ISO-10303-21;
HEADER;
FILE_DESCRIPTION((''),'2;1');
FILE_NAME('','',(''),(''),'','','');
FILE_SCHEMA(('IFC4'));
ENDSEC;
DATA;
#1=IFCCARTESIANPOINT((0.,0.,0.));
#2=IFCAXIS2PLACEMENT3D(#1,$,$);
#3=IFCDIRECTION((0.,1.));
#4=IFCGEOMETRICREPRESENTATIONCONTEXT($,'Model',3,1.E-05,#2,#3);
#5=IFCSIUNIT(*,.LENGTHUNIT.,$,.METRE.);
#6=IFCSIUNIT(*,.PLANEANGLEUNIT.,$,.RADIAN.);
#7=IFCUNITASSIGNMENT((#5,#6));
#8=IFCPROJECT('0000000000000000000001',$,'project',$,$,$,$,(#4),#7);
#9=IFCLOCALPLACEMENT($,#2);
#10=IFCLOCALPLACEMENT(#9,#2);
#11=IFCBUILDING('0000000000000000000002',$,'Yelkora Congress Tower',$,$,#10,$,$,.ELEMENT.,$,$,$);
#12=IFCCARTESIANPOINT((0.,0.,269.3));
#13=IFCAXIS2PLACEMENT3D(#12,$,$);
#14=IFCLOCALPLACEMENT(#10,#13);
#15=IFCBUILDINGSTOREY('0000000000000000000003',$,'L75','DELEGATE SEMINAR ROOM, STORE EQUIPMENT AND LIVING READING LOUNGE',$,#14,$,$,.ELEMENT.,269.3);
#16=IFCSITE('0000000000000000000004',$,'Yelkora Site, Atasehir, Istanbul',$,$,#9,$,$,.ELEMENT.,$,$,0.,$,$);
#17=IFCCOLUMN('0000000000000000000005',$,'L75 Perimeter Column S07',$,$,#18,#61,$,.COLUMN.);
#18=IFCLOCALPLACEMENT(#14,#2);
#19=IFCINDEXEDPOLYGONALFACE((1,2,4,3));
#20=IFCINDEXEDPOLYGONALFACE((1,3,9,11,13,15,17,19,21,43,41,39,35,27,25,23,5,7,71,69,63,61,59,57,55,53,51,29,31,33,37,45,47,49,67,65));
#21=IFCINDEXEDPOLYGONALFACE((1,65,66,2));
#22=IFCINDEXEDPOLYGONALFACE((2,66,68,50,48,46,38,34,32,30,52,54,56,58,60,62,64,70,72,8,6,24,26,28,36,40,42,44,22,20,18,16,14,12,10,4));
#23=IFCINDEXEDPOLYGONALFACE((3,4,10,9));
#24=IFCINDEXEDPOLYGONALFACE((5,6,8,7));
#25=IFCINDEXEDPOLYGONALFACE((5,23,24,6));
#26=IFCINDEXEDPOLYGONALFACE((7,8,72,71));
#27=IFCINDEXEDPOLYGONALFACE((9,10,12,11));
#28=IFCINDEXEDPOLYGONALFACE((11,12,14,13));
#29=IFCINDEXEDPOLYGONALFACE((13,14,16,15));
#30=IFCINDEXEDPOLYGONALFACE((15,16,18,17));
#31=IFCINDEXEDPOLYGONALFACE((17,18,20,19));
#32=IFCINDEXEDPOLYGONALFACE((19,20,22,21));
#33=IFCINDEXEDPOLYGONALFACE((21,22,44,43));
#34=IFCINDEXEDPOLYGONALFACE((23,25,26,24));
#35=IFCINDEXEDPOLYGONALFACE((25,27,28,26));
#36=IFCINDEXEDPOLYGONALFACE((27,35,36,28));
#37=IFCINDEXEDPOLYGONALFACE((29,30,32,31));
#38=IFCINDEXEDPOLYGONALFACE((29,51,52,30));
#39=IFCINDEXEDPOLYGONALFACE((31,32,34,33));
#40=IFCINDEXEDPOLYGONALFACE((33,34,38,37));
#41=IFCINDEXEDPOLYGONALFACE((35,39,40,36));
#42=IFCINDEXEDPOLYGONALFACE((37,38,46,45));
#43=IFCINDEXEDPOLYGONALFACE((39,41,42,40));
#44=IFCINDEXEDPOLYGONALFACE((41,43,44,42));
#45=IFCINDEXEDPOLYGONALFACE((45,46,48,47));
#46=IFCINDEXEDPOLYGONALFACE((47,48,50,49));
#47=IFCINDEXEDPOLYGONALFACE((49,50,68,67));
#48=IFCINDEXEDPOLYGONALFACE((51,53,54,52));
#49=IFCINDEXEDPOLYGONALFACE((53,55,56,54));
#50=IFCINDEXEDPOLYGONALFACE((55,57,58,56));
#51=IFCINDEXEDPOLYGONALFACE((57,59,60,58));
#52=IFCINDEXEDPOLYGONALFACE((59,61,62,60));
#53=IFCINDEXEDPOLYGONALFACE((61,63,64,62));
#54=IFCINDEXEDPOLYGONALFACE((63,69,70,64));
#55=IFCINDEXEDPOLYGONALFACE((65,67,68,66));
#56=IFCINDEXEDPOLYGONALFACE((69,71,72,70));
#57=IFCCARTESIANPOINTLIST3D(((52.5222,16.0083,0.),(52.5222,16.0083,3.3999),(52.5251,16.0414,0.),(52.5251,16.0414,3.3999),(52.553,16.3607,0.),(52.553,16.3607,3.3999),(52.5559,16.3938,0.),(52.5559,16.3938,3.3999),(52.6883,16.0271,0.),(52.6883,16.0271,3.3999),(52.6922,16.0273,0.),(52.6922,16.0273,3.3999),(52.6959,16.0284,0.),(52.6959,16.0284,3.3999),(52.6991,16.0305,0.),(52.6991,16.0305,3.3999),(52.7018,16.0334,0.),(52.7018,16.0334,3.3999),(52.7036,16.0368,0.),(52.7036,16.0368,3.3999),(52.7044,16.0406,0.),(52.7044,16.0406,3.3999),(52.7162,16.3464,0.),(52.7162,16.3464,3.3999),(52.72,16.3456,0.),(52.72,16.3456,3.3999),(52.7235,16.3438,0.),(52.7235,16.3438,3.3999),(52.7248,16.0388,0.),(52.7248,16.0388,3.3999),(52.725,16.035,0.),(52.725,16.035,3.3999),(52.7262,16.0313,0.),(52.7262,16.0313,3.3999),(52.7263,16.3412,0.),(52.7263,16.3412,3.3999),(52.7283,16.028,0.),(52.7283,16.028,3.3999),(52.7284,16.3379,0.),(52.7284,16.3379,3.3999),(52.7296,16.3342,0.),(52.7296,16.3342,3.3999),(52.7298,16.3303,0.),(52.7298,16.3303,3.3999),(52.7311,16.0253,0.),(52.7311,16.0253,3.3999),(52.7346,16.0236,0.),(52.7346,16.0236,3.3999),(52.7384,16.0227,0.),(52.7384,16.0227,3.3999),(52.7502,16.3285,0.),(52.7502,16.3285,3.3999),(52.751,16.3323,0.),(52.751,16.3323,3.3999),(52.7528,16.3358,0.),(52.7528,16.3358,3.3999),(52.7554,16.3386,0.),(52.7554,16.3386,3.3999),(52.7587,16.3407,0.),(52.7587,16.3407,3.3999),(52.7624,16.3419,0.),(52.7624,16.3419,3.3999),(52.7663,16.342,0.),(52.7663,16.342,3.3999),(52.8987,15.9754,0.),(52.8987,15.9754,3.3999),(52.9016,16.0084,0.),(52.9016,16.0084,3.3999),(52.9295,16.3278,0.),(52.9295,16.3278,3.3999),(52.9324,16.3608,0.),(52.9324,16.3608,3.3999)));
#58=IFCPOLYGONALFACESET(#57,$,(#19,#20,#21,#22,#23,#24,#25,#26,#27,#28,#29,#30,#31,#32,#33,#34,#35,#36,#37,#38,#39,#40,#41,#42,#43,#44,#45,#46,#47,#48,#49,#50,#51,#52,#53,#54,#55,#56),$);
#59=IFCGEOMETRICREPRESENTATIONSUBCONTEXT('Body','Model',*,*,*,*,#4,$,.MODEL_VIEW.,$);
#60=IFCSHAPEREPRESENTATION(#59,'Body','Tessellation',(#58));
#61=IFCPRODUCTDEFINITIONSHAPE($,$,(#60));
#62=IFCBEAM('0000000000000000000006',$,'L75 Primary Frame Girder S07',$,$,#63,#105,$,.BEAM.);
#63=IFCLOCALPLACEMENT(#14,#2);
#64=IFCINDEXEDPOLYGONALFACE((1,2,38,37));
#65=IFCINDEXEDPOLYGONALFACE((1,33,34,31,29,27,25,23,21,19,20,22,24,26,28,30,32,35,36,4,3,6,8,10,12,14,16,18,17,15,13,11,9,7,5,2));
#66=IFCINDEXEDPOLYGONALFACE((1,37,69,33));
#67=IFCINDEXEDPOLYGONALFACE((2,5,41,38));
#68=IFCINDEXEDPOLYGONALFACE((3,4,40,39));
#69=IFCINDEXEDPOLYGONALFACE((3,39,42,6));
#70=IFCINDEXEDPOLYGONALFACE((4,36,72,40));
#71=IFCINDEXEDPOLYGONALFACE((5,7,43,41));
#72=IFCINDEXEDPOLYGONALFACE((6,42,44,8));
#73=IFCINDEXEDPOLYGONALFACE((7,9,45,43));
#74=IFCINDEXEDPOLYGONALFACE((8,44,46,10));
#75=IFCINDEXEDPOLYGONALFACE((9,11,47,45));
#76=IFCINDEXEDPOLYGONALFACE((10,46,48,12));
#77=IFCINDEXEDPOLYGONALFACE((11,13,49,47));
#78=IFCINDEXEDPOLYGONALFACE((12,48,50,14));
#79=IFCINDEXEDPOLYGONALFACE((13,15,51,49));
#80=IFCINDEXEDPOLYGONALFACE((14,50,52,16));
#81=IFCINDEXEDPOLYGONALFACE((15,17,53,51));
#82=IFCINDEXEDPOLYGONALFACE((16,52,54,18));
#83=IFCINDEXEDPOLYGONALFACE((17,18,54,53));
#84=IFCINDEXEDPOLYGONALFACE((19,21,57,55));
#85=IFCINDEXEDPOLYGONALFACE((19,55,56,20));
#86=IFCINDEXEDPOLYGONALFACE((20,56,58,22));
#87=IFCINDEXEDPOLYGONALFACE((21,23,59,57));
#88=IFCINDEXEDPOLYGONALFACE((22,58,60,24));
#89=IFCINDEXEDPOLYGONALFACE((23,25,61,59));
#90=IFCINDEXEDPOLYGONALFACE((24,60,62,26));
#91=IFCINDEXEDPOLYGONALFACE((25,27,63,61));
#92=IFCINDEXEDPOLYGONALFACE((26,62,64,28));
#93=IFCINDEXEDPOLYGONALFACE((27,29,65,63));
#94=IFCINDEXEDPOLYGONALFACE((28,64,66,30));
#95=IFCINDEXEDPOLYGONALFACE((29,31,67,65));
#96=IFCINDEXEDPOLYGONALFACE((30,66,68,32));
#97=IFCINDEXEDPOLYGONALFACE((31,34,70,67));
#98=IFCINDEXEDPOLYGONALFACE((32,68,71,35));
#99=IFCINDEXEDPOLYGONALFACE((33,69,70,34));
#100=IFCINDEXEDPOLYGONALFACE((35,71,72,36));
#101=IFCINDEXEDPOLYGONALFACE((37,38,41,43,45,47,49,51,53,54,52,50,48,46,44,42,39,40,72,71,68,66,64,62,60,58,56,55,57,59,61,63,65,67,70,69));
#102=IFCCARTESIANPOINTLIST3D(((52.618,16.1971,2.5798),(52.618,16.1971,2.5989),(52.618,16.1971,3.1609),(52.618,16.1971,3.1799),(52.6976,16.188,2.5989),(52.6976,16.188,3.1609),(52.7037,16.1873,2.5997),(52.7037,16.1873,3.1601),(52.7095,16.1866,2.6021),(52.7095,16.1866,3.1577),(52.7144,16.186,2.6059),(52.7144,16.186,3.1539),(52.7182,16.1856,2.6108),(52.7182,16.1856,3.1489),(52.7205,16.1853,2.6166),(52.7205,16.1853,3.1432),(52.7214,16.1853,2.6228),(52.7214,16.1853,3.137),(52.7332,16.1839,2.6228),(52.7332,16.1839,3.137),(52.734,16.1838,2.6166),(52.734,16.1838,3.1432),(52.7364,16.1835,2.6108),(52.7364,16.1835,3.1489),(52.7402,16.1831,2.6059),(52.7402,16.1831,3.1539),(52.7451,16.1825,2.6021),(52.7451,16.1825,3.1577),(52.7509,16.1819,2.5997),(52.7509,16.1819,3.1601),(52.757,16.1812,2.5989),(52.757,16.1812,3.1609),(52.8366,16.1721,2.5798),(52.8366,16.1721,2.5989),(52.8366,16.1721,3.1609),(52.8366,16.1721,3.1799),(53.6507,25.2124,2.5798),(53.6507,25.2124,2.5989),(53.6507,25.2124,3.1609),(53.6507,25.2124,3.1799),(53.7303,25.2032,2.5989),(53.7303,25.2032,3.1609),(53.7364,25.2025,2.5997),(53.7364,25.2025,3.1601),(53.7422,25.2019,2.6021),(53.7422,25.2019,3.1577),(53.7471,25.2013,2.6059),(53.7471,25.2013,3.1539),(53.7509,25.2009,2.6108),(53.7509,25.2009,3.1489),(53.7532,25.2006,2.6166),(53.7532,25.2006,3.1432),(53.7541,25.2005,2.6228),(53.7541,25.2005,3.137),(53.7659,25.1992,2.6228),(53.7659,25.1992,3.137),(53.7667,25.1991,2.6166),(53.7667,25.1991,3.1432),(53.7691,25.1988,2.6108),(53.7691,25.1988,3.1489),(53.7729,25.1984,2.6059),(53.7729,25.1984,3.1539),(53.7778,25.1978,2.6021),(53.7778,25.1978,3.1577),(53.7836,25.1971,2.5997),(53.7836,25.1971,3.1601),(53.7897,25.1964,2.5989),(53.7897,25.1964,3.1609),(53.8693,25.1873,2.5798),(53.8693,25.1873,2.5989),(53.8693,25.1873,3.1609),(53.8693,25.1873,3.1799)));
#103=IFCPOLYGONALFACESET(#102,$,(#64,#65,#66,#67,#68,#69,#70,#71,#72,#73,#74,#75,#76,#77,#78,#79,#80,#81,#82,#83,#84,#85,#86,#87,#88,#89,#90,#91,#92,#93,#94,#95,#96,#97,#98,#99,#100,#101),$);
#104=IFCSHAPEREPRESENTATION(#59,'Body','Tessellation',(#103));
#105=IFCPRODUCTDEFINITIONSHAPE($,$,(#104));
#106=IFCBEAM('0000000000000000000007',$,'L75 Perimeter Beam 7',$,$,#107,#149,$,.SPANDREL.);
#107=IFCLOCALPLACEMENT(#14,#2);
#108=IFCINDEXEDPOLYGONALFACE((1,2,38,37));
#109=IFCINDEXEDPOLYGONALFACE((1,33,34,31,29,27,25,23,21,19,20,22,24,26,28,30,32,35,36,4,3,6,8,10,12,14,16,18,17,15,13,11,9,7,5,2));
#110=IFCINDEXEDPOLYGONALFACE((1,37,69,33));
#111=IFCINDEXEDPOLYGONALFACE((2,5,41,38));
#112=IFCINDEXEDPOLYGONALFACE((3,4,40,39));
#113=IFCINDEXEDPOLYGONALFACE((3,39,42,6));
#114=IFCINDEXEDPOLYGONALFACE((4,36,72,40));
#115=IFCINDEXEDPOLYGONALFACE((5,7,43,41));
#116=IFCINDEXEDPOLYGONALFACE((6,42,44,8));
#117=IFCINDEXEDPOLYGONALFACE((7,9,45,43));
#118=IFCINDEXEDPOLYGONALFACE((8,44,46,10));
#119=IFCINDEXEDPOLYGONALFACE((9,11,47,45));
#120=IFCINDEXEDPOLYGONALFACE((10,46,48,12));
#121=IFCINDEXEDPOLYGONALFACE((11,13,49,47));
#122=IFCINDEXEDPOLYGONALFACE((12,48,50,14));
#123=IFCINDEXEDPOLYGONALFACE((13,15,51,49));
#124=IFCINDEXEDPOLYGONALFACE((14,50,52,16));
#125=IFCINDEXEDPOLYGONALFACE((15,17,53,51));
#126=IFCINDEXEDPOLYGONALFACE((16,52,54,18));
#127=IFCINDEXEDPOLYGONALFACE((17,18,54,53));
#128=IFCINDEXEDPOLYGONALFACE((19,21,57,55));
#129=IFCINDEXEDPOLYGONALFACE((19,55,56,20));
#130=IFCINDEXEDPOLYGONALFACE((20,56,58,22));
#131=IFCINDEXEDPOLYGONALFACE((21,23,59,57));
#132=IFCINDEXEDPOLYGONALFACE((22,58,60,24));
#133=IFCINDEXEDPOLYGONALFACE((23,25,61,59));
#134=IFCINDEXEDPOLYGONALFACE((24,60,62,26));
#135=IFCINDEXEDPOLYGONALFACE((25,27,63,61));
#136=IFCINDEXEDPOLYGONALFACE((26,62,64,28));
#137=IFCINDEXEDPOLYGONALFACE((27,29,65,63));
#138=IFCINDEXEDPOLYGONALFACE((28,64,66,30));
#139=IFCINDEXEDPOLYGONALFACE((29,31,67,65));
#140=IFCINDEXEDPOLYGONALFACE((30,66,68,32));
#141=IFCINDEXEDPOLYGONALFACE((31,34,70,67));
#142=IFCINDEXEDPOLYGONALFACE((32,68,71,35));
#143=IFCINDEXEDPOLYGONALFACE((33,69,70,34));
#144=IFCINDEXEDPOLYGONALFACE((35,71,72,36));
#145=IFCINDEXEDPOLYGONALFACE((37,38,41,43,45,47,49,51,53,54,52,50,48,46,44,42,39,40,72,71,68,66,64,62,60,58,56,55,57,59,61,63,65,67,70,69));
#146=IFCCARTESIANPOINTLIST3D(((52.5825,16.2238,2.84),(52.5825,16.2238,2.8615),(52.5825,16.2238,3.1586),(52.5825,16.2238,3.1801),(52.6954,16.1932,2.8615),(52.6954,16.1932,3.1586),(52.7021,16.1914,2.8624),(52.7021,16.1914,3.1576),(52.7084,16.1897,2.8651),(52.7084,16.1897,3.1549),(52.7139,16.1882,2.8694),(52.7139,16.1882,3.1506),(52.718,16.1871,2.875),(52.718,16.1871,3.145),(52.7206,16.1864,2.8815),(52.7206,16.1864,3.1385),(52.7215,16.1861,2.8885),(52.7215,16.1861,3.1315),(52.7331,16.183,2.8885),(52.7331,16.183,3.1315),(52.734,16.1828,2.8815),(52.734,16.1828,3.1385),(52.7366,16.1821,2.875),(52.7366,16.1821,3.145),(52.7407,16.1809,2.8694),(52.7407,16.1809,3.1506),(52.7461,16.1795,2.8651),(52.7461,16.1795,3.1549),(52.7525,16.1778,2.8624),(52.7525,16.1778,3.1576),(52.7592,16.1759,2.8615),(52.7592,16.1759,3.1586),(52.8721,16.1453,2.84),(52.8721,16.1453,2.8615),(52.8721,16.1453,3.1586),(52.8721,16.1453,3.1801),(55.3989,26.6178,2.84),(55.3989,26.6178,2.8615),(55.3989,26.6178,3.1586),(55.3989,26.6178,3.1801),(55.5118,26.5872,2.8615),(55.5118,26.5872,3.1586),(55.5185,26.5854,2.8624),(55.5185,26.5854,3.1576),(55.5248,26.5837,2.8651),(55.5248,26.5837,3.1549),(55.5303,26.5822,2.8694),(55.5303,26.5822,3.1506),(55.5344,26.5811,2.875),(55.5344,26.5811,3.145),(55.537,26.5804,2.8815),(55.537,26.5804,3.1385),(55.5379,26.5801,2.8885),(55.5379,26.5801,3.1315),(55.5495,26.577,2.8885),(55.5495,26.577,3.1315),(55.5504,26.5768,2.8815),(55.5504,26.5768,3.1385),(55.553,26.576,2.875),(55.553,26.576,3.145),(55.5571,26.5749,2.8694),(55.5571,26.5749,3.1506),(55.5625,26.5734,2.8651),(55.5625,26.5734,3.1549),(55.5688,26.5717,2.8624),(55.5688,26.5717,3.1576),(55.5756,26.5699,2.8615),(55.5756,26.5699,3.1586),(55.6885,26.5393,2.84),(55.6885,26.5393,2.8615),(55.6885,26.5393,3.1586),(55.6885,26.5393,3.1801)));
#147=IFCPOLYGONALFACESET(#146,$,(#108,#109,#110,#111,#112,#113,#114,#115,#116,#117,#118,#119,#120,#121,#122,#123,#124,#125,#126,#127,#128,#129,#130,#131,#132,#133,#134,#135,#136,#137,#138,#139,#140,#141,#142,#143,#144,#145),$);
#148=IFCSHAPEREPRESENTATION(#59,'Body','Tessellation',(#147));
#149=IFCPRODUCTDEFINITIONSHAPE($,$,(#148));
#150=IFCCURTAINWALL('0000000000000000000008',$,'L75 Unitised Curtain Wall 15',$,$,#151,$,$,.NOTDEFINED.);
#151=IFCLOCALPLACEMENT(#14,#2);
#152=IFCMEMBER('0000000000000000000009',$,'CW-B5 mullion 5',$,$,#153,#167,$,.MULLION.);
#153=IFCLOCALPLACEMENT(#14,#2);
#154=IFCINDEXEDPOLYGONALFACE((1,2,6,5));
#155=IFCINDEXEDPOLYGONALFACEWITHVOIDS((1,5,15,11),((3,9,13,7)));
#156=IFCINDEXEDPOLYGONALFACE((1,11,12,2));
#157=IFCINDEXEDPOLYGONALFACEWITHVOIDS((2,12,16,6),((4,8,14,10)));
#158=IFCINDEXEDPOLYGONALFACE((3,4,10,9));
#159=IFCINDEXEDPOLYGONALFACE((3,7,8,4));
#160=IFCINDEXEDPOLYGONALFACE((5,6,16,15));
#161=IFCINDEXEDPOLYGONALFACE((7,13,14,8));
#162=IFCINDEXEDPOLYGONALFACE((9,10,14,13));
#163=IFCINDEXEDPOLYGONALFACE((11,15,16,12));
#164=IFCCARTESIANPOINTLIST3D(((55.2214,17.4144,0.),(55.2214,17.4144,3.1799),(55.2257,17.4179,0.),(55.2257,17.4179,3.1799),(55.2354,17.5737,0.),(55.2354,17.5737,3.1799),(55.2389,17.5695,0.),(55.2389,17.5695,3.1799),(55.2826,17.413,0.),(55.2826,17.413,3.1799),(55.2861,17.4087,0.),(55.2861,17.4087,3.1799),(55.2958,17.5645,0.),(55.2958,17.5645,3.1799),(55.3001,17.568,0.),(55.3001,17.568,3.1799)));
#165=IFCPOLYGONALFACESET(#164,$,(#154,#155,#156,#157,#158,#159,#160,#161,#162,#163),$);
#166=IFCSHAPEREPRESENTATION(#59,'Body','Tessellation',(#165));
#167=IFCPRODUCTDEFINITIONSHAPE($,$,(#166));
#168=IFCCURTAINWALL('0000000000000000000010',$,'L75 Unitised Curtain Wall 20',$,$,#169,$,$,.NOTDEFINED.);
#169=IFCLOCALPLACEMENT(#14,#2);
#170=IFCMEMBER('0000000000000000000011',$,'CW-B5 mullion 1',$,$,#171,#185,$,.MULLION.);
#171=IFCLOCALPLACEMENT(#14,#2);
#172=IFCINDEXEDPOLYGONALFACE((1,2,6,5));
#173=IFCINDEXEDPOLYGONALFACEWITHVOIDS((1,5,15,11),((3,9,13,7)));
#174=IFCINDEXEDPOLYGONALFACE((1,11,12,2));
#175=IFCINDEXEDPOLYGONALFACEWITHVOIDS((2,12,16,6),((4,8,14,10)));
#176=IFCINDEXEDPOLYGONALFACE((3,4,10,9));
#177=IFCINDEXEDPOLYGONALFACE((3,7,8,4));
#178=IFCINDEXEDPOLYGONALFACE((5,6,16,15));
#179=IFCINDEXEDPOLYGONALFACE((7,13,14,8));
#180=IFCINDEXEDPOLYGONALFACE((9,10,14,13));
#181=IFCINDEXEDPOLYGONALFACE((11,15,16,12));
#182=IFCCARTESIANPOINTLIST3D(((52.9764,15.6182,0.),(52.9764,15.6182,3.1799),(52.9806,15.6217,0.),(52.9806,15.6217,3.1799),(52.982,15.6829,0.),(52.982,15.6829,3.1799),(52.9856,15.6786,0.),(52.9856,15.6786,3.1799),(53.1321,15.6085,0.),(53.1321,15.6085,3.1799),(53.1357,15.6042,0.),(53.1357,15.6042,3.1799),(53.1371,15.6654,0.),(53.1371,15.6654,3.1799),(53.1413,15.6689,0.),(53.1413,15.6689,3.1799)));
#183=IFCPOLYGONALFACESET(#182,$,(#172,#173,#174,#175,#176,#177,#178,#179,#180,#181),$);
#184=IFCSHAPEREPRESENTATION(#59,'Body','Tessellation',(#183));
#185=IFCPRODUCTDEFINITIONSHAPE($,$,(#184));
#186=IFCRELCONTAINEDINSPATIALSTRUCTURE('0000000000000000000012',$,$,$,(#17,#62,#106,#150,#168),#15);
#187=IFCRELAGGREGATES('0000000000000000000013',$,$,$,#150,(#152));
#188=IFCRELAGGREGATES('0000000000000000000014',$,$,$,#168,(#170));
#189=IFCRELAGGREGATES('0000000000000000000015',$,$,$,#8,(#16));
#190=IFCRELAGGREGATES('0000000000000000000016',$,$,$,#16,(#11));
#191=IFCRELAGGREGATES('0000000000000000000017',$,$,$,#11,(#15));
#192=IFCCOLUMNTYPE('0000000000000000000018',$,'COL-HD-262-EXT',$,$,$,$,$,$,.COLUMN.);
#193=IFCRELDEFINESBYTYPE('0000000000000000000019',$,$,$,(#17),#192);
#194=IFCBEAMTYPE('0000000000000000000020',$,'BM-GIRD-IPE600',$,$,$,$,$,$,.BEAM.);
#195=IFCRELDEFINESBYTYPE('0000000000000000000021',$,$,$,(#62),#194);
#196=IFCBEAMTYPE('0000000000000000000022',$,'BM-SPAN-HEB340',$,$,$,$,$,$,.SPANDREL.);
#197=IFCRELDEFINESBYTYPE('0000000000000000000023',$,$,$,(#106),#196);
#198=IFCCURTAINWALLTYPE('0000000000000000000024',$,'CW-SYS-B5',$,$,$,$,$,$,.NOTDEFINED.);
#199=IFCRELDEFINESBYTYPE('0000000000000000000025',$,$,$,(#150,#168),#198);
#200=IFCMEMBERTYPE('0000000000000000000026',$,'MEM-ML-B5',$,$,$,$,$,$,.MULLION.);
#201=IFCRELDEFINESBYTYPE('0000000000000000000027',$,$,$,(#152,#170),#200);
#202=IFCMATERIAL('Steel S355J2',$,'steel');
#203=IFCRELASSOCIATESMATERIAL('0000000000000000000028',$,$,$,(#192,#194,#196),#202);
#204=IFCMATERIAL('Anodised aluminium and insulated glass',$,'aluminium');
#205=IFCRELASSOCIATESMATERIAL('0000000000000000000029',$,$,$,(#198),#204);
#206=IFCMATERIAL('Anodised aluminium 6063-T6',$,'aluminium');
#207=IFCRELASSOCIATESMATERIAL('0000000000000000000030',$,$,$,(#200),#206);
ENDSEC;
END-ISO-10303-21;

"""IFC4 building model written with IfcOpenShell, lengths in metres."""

from ifc_helpers import new_model, si_unit, direction, frame, origin, origin_2d, place, context, subcontext, project, spatial, hollow_rectangle, i_section, extrude, material, material_profile, profile_set, type_object, element, aggregate, save


model = new_model("IFC4")

# Units and contexts
model_context = context("Model", 3, precision=1e-05, world=origin(), true_north=direction((0.0, 1.0)))
body_context = subcontext(model_context, "Body", "Model", "MODEL_VIEW")
ifc_project = project(units=[si_unit("LENGTHUNIT", "METRE"), si_unit("PLANEANGLEUNIT", "RADIAN")], contexts=[model_context])

# Site, building, storey
site_placement = place(None, origin())
site = spatial("IfcSite", under=ifc_project, at=site_placement, Name="Yelkora Site, Atasehir, Istanbul", CompositionType="ELEMENT", RefElevation=0.0)
building_placement = place(site_placement, origin())
building = spatial("IfcBuilding", under=site, at=building_placement, Name="Yelkora Congress Tower", CompositionType="ELEMENT")
storey_placement = place(building_placement, frame((0.0, 0.0, 269.3)))
storey = spatial("IfcBuildingStorey", under=building, at=storey_placement, Name="L75", Description="DELEGATE SEMINAR ROOM, STORE EQUIPMENT AND LIVING READING LOUNGE", CompositionType="ELEMENT", Elevation=269.3)

# Column
ifc_material_1 = material(Name="Steel S355J2", Category="steel")
ifc_material_profile_1 = material_profile(ifc_material_1, i_section(OverallWidth=0.3779, OverallDepth=0.387, WebThickness=0.0205, FlangeThickness=0.0332, FilletRadius=0.0149, at=origin_2d()), Name="HD 360x262")
ifc_profile_set_1 = profile_set([ifc_material_profile_1], Name="Steel S355J2")
column_type = type_object("IfcColumnType", Name="COL-HD-262-EXT", PredefinedType="COLUMN", material=ifc_profile_set_1)
column_placement = place(storey_placement, frame((52.7273, 16.1846, 0.0), z_axis=(0.0, 0.0, 1.0), x_axis=(0.996195, -0.087156, 0.0)))
element("IfcColumn", 1, at=column_placement, inside=storey, type_object=column_type, Name="L75 Perimeter Column S07", PredefinedType="COLUMN", context=body_context, shape_type="SweptSolid", body=[
    extrude(i_section(OverallWidth=0.3779, OverallDepth=0.387, WebThickness=0.0205, FlangeThickness=0.0332, FilletRadius=0.0149, at=origin_2d()), origin(), (0.0, 0.0, 1.0), 3.3999),
])

# Beams
ifc_material_profile_2 = material_profile(ifc_material_1, i_section(OverallWidth=0.22, OverallDepth=0.6001, WebThickness=0.012, FlangeThickness=0.019, FilletRadius=0.0239, at=origin_2d()), Name="IPE 600")
ifc_profile_set_2 = profile_set([ifc_material_profile_2], Name="Steel S355J2")
beam_type_1 = type_object("IfcBeamType", Name="BM-GIRD-IPE600", PredefinedType="BEAM", material=ifc_profile_set_2)
beam_1_placement = place(storey_placement, frame((52.7273, 16.1846, 2.8799), z_axis=(0.113806, 0.993503, 0.0), x_axis=(-0.993503, 0.113806, 0.0)))
element("IfcBeam", 2, at=beam_1_placement, inside=storey, type_object=beam_type_1, Name="L75 Primary Frame Girder S07", PredefinedType="BEAM", context=body_context, shape_type="SweptSolid", body=[
    extrude(i_section(OverallWidth=0.22, OverallDepth=0.6001, WebThickness=0.012, FlangeThickness=0.019, FilletRadius=0.0239, at=origin_2d()), origin(), (0.0, 0.0, 1.0), 9.0742),
])
ifc_material_profile_3 = material_profile(ifc_material_1, i_section(OverallWidth=0.3, OverallDepth=0.3401, WebThickness=0.012, FlangeThickness=0.0215, FilletRadius=0.0271, at=origin_2d()), Name="HEB 340")
ifc_profile_set_3 = profile_set([ifc_material_profile_3], Name="Steel S355J2")
beam_type_2 = type_object("IfcBeamType", Name="BM-SPAN-HEB340", PredefinedType="SPANDREL", material=ifc_profile_set_3)
beam_2_placement = place(storey_placement, frame((52.7273, 16.1846, 3.01), z_axis=(0.261533, 0.965195, 0.0), x_axis=(-0.965195, 0.261533, 0.0)))
element("IfcBeam", 3, at=beam_2_placement, inside=storey, type_object=beam_type_2, Name="L75 Perimeter Beam 7", PredefinedType="SPANDREL", context=body_context, shape_type="SweptSolid", body=[
    extrude(i_section(OverallWidth=0.3, OverallDepth=0.3401, WebThickness=0.012, FlangeThickness=0.0215, FilletRadius=0.0271, at=origin_2d()), origin(), (0.0, 0.0, 1.0), 10.7688),
])

# Curtain wall, member
ifc_material_2 = material(Name="Anodised aluminium and insulated glass", Category="aluminium")
curtain_wall_type = type_object("IfcCurtainWallType", Name="CW-SYS-B5", PredefinedType="NOTDEFINED", material=ifc_material_2)
curtain_wall_1_placement = place(storey_placement, origin())
curtain_wall_1 = element("IfcCurtainWall", 4, at=curtain_wall_1_placement, inside=storey, type_object=curtain_wall_type, Name="L75 Unitised Curtain Wall 15", PredefinedType="NOTDEFINED")
ifc_material_3 = material(Name="Anodised aluminium 6063-T6", Category="aluminium")
ifc_material_profile_4 = material_profile(ifc_material_3, hollow_rectangle(XDim=0.0649, YDim=0.1599, WallThickness=0.0039, at=origin_2d()), Name="ALU 65x160x4")
ifc_profile_set_4 = profile_set([ifc_material_profile_4], Name="Anodised aluminium 6063-T6")
member_type_1 = type_object("IfcMemberType", Name="MEM-ML-B5", PredefinedType="MULLION", material=ifc_profile_set_4)
member_1_placement = place(storey_placement, frame((55.2607, 17.4912, 0.0), z_axis=(0.0, 0.0, 1.0), x_axis=(0.996194, -0.087158, 0.0)))
member_1 = element("IfcMember", 5, at=member_1_placement, type_object=member_type_1, Name="CW-B5 mullion 5", PredefinedType="MULLION", context=body_context, shape_type="SweptSolid", body=[
    extrude(hollow_rectangle(XDim=0.0649, YDim=0.1599, WallThickness=0.0039, at=origin_2d()), origin(), (0.0, 0.0, 1.0), 3.1799),
])
aggregate(curtain_wall_1, [member_1])

# Curtain wall, member
curtain_wall_2_placement = place(storey_placement, origin())
curtain_wall_2 = element("IfcCurtainWall", 6, at=curtain_wall_2_placement, inside=storey, type_object=curtain_wall_type, Name="L75 Unitised Curtain Wall 20", PredefinedType="NOTDEFINED")
member_2_placement = place(storey_placement, frame((53.0588, 15.6436, 0.0), z_axis=(0.0, 0.0, 1.0), x_axis=(-0.087157, -0.996195, 0.0)))
member_2 = element("IfcMember", 7, at=member_2_placement, type_object=member_type_1, Name="CW-B5 mullion 1", PredefinedType="MULLION", context=body_context, shape_type="SweptSolid", body=[
    extrude(hollow_rectangle(XDim=0.0649, YDim=0.1599, WallThickness=0.0039, at=origin_2d()), origin(), (0.0, 0.0, 1.0), 3.1799),
])
aggregate(curtain_wall_2, [member_2])

save(model, "model.ifc")
